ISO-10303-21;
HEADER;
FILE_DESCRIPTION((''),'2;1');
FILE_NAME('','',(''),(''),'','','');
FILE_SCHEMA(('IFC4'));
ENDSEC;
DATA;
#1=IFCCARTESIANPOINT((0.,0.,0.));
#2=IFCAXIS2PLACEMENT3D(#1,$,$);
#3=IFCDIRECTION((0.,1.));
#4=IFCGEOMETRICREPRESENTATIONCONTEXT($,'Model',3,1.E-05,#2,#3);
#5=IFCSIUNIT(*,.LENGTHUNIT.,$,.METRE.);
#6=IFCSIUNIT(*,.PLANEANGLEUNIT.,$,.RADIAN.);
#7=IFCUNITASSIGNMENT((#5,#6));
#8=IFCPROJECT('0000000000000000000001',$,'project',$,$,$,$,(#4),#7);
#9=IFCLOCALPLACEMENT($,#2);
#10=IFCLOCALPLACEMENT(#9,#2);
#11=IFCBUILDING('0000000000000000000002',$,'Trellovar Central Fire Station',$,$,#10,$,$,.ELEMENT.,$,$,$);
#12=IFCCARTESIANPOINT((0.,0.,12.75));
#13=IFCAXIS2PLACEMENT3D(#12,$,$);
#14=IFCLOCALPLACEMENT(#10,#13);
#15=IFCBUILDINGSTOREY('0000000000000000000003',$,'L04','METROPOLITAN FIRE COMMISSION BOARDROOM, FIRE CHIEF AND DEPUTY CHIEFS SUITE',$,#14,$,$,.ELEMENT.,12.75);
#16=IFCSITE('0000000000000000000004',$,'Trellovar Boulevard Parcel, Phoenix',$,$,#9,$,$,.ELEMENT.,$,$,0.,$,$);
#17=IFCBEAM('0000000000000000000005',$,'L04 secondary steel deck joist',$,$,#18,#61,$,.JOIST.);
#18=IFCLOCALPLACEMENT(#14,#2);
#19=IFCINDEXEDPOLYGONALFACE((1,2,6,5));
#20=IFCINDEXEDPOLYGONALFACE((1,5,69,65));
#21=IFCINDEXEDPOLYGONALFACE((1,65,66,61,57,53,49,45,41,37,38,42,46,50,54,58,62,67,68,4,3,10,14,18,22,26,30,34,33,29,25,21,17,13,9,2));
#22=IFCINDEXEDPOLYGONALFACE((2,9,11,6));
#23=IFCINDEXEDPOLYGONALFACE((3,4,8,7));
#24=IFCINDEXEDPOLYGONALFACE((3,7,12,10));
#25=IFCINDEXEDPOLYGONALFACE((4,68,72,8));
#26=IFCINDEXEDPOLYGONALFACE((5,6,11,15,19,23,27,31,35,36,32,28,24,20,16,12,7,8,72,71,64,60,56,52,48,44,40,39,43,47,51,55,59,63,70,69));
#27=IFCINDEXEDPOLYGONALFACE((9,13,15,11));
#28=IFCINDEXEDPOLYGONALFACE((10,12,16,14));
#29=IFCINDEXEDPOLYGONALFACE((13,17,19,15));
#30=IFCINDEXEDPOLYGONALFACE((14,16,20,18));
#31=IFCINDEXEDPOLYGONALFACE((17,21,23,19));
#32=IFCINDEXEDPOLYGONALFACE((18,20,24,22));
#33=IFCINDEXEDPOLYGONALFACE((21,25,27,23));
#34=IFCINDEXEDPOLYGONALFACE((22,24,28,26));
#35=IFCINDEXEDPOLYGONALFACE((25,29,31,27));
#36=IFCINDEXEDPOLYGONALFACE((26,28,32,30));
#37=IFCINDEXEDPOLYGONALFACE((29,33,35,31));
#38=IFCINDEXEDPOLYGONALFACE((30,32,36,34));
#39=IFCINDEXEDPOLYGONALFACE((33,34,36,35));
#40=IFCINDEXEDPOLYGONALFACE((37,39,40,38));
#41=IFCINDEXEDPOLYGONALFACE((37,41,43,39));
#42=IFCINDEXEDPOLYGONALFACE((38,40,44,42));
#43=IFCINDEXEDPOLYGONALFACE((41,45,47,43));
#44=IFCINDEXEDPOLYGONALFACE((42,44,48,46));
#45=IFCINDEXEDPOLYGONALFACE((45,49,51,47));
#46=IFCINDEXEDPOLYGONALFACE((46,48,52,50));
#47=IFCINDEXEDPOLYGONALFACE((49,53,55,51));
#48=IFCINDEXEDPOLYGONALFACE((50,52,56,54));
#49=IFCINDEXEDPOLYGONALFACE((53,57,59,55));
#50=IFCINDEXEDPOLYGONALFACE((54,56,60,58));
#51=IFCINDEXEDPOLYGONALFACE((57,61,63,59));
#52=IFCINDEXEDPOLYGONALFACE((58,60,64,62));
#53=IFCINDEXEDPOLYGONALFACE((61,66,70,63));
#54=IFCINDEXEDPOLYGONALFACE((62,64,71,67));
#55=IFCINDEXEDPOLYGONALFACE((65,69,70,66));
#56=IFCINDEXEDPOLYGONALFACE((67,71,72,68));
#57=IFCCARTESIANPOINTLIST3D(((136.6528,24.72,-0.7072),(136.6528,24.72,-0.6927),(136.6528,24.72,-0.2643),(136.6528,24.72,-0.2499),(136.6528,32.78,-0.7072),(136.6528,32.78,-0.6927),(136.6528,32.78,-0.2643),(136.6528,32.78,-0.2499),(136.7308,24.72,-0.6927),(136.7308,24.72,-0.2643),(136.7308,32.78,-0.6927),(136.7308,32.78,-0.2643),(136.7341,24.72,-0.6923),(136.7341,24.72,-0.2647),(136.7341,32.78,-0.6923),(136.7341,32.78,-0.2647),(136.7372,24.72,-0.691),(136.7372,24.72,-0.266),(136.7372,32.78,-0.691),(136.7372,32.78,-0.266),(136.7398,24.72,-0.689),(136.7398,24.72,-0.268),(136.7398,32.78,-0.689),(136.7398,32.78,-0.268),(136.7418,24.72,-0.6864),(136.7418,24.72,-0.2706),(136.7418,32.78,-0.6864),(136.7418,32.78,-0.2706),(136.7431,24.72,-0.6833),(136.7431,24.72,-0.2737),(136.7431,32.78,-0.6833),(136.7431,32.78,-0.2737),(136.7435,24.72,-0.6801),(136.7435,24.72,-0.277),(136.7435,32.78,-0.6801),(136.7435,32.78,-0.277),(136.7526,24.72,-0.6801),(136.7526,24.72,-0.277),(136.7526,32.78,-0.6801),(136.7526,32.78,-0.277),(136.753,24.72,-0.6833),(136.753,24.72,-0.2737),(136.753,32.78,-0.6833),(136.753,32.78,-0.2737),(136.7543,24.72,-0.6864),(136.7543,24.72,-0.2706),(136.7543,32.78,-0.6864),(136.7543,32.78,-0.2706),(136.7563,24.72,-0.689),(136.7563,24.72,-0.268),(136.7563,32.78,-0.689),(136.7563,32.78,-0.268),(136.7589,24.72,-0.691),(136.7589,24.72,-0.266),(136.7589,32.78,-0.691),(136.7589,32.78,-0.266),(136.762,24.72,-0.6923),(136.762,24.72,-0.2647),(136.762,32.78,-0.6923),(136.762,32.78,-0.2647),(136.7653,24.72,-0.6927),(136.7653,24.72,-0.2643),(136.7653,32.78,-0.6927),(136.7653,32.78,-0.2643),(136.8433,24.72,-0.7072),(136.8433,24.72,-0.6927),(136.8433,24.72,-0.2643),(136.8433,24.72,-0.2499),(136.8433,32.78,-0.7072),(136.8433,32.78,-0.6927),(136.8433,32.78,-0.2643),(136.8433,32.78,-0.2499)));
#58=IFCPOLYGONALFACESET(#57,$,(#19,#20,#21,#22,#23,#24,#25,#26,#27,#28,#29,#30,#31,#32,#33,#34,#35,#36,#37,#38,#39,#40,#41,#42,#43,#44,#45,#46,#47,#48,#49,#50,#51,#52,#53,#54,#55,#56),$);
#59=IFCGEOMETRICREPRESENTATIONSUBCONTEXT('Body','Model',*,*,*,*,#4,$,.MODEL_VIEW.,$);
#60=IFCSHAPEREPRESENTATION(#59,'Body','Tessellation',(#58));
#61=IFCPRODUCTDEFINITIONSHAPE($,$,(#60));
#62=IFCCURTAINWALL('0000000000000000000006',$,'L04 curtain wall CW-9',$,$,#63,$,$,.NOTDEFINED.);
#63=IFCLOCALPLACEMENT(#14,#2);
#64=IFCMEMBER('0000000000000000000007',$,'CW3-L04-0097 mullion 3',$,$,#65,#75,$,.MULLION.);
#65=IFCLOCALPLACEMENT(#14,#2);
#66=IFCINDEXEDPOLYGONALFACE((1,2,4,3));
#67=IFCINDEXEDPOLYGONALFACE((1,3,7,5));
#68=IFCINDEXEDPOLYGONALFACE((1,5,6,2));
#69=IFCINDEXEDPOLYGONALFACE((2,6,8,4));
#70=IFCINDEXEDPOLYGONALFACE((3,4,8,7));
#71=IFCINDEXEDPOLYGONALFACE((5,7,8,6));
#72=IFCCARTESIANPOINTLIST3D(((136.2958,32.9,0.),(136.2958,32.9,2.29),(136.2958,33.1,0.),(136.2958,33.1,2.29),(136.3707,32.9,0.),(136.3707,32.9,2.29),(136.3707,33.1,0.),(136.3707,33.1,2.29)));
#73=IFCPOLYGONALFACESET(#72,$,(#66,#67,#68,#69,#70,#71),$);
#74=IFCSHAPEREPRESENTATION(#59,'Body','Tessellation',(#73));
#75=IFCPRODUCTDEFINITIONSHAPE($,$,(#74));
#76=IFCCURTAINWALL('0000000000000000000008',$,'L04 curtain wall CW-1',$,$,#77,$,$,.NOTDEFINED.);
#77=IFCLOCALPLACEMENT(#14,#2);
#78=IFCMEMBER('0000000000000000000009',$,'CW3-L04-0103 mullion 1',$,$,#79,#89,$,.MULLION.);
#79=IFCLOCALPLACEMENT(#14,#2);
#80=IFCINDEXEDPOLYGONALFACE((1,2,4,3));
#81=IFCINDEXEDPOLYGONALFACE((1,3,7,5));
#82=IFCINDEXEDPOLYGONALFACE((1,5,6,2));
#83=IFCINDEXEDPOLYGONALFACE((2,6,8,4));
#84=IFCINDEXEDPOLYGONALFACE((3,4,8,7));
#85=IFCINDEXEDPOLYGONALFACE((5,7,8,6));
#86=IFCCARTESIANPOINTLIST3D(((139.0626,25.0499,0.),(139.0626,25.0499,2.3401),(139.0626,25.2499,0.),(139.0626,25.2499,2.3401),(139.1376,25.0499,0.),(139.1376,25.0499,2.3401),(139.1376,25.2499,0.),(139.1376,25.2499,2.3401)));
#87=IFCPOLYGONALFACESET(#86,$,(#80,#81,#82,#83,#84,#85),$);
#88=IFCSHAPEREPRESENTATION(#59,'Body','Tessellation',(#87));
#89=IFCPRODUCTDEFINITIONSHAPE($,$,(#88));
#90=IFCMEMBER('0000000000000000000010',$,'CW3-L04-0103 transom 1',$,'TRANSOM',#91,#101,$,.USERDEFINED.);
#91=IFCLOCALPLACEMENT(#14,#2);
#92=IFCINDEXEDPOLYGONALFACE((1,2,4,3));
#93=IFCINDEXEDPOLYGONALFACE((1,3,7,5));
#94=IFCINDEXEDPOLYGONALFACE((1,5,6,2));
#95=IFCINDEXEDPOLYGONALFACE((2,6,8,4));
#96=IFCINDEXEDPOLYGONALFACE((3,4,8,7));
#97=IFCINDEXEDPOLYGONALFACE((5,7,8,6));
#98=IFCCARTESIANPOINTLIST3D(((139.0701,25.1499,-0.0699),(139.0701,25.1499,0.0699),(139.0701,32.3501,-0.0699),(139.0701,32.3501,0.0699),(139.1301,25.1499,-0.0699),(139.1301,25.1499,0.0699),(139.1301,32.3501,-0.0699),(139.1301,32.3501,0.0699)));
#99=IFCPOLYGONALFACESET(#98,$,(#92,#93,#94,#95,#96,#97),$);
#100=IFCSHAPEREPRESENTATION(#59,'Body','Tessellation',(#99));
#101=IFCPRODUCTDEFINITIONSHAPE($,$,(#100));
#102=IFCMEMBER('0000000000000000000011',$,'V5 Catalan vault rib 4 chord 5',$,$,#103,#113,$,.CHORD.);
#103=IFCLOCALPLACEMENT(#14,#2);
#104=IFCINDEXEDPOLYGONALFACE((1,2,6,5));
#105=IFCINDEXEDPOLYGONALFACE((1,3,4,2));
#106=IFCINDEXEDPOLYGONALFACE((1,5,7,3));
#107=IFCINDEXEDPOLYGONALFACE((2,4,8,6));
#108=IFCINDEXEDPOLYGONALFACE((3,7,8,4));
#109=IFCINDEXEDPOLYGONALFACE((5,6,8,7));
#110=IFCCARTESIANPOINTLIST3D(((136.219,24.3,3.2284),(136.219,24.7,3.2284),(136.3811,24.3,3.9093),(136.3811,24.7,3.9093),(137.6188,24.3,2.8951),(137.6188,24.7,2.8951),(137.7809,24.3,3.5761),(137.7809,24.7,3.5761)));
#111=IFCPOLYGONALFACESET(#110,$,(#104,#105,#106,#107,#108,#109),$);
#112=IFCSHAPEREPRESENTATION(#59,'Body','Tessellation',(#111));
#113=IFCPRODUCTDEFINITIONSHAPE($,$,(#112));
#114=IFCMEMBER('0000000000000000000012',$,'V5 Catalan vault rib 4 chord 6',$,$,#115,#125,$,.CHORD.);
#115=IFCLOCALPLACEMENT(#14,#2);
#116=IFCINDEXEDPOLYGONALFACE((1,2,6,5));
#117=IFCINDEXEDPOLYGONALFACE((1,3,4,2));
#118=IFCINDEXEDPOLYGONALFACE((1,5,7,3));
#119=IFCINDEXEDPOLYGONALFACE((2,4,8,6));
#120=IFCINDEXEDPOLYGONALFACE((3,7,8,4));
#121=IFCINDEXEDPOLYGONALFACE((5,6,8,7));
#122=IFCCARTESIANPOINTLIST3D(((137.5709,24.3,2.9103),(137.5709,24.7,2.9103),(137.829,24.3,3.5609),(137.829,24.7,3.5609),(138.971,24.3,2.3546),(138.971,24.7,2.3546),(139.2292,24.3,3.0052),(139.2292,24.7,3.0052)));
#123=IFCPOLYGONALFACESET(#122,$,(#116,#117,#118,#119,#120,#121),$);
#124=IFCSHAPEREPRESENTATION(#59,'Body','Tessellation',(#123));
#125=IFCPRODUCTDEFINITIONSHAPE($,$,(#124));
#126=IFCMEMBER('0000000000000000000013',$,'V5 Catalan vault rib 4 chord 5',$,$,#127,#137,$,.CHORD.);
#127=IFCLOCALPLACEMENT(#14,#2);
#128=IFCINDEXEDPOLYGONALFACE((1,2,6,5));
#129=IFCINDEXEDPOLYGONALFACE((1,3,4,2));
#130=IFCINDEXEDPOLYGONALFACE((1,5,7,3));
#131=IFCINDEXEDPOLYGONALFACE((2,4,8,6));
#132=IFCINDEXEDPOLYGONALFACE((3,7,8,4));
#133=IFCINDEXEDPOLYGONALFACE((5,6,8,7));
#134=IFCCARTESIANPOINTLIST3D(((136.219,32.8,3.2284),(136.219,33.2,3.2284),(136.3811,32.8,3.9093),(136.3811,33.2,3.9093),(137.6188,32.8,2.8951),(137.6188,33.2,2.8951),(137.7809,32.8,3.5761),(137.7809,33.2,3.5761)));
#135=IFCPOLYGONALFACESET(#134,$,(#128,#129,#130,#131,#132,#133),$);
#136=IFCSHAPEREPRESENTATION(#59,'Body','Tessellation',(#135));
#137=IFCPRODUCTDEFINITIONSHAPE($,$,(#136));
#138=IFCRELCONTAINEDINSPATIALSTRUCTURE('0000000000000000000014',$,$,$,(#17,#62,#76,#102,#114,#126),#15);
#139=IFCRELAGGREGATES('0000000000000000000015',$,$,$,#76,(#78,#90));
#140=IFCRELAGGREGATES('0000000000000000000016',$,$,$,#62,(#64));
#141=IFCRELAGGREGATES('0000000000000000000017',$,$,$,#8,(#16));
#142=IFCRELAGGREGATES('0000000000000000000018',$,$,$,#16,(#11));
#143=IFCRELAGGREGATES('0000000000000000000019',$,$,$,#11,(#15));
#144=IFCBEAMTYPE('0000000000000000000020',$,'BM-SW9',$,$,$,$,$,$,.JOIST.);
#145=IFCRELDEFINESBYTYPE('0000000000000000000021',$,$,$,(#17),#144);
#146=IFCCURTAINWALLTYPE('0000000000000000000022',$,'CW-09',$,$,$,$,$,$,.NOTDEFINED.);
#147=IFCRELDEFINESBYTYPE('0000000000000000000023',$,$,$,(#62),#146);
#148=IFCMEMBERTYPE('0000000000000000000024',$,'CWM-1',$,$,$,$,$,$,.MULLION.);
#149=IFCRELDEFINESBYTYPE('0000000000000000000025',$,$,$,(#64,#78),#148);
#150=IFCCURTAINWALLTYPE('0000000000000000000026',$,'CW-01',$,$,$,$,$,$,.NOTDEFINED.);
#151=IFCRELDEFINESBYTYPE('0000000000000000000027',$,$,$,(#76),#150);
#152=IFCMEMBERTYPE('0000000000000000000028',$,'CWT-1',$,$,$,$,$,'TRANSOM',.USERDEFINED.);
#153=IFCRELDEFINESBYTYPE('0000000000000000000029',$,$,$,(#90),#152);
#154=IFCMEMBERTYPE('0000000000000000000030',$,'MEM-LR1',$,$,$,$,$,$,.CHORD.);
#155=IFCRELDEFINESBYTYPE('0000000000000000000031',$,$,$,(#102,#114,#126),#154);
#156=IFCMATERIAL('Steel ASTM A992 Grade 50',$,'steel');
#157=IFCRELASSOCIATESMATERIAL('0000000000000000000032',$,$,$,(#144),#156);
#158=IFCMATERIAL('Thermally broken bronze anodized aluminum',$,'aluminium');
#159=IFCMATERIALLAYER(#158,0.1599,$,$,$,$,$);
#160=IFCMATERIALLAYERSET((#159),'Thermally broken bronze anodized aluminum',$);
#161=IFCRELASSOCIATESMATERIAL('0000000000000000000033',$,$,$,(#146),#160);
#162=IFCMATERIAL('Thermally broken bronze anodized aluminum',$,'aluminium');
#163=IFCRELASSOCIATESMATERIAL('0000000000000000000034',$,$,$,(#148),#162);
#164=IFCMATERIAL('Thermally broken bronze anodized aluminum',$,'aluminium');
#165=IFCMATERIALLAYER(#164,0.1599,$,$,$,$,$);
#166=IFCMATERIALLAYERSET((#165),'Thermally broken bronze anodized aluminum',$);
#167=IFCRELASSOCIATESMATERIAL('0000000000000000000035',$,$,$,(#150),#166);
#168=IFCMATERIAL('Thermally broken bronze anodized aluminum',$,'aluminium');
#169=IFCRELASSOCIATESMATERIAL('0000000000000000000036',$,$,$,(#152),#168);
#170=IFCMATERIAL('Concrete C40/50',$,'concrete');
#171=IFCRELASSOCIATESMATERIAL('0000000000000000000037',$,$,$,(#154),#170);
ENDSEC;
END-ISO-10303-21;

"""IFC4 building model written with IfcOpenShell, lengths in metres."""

from ifc_helpers import new_model, si_unit, direction, frame, origin, origin_2d, place, context, subcontext, project, spatial, rectangle, i_section, extrude, material, layer, layer_set, material_profile, profile_set, type_object, element, aggregate, save


model = new_model("IFC4")

# Units and contexts
model_context = context("Model", 3, precision=1e-05, world=origin(), true_north=direction((0.0, 1.0)))
body_context = subcontext(model_context, "Body", "Model", "MODEL_VIEW")
ifc_project = project(units=[si_unit("LENGTHUNIT", "METRE"), si_unit("PLANEANGLEUNIT", "RADIAN")], contexts=[model_context])

# Site, building, storey
site_placement = place(None, origin())
site = spatial("IfcSite", under=ifc_project, at=site_placement, Name="Trellovar Boulevard Parcel, Phoenix", CompositionType="ELEMENT", RefElevation=0.0)
building_placement = place(site_placement, origin())
building = spatial("IfcBuilding", under=site, at=building_placement, Name="Trellovar Central Fire Station", CompositionType="ELEMENT")
storey_placement = place(building_placement, frame((0.0, 0.0, 12.75)))
storey = spatial("IfcBuildingStorey", under=building, at=storey_placement, Name="L04", Description="METROPOLITAN FIRE COMMISSION BOARDROOM, FIRE CHIEF AND DEPUTY CHIEFS SUITE", CompositionType="ELEMENT", Elevation=12.75)

# Beam
ifc_material_1 = material(Name="Steel ASTM A992 Grade 50", Category="steel")
ifc_material_profile_1 = material_profile(ifc_material_1, i_section(OverallWidth=0.1904, OverallDepth=0.4573, WebThickness=0.009, FlangeThickness=0.0144, FilletRadius=0.0127, at=origin_2d()), Name="W18X50")
ifc_profile_set_1 = profile_set([ifc_material_profile_1], Name="Steel ASTM A992 Grade 50")
beam_type_1 = type_object("IfcBeamType", Name="BM-SW9", PredefinedType="JOIST", material=ifc_profile_set_1)
beam_1_placement = place(storey_placement, frame((136.748, 24.72, -0.4785), z_axis=(0.0, 1.0, 0.0), x_axis=(-1.0, 0.0, 0.0)))
element("IfcBeam", 1, at=beam_1_placement, inside=storey, type_object=beam_type_1, Name="L04 secondary steel deck joist", PredefinedType="JOIST", context=body_context, shape_type="SweptSolid", body=[
    extrude(i_section(OverallWidth=0.1904, OverallDepth=0.4573, WebThickness=0.009, FlangeThickness=0.0144, FilletRadius=0.0127, at=origin_2d()), origin(), (0.0, 0.0, 1.0), 8.0601),
])

# Curtain wall, member
ifc_material_2 = material(Name="Thermally broken bronze anodized aluminum", Category="aluminium")
ifc_layer_1 = layer(ifc_material_2, 0.1599)
ifc_layer_set_1 = layer_set([ifc_layer_1], Name="Thermally broken bronze anodized aluminum")
curtain_wall_type_1 = type_object("IfcCurtainWallType", Name="CW-09", PredefinedType="NOTDEFINED", material=ifc_layer_set_1)
curtain_wall_1_placement = place(storey_placement, origin())
curtain_wall_1 = element("IfcCurtainWall", 2, at=curtain_wall_1_placement, inside=storey, type_object=curtain_wall_type_1, Name="L04 curtain wall CW-9", PredefinedType="NOTDEFINED")
ifc_material_3 = material(Name="Thermally broken bronze anodized aluminum", Category="aluminium")
ifc_material_profile_2 = material_profile(ifc_material_3, rectangle(XDim=0.075, YDim=0.2, at=origin_2d()), Name="ALU75X200")
ifc_profile_set_2 = profile_set([ifc_material_profile_2], Name="Thermally broken bronze anodized aluminum")
member_type_1 = type_object("IfcMemberType", Name="CWM-1", PredefinedType="MULLION", material=ifc_profile_set_2)
member_1_placement = place(storey_placement, frame((136.3333, 33.0, 0.0), z_axis=(0.0, 0.0, 1.0), x_axis=(1.0, 0.0, 0.0)))
member_1 = element("IfcMember", 3, at=member_1_placement, type_object=member_type_1, Name="CW3-L04-0097 mullion 3", PredefinedType="MULLION", context=body_context, shape_type="SweptSolid", body=[
    extrude(rectangle(XDim=0.075, YDim=0.2, at=origin_2d()), origin(), (0.0, 0.0, 1.0), 2.29),
])

# Curtain wall, members
ifc_material_4 = material(Name="Thermally broken bronze anodized aluminum", Category="aluminium")
ifc_layer_2 = layer(ifc_material_4, 0.1599)
ifc_layer_set_2 = layer_set([ifc_layer_2], Name="Thermally broken bronze anodized aluminum")
curtain_wall_type_2 = type_object("IfcCurtainWallType", Name="CW-01", PredefinedType="NOTDEFINED", material=ifc_layer_set_2)
curtain_wall_2_placement = place(storey_placement, origin())
curtain_wall_2 = element("IfcCurtainWall", 4, at=curtain_wall_2_placement, inside=storey, type_object=curtain_wall_type_2, Name="L04 curtain wall CW-1", PredefinedType="NOTDEFINED")
member_2_placement = place(storey_placement, frame((139.1001, 25.1499, 0.0), z_axis=(0.0, 0.0, 1.0), x_axis=(1.0, 0.0, 0.0)))
member_2 = element("IfcMember", 5, at=member_2_placement, type_object=member_type_1, Name="CW3-L04-0103 mullion 1", PredefinedType="MULLION", context=body_context, shape_type="SweptSolid", body=[
    extrude(rectangle(XDim=0.075, YDim=0.2, at=origin_2d()), origin(), (0.0, 0.0, 1.0), 2.3401),
])
ifc_material_5 = material(Name="Thermally broken bronze anodized aluminum", Category="aluminium")
ifc_material_profile_3 = material_profile(ifc_material_5, rectangle(XDim=0.0601, YDim=0.1399, at=origin_2d()), Name="ALU60X140")
ifc_profile_set_3 = profile_set([ifc_material_profile_3], Name="Thermally broken bronze anodized aluminum")
member_type_2 = type_object("IfcMemberType", Name="CWT-1", ElementType="TRANSOM", PredefinedType="USERDEFINED", material=ifc_profile_set_3)
member_3_placement = place(storey_placement, frame((139.1001, 25.1499, 0.0), z_axis=(0.0, 1.0, 0.0), x_axis=(-1.0, 0.0, 0.0)))
member_3 = element("IfcMember", 6, at=member_3_placement, type_object=member_type_2, Name="CW3-L04-0103 transom 1", ObjectType="TRANSOM", PredefinedType="USERDEFINED", context=body_context, shape_type="SweptSolid", body=[
    extrude(rectangle(XDim=0.0601, YDim=0.1399, at=origin_2d()), origin(), (0.0, 0.0, 1.0), 7.2002),
])
aggregate(curtain_wall_2, [member_2, member_3])

# Members
ifc_material_6 = material(Name="Concrete C40/50", Category="concrete")
ifc_material_profile_4 = material_profile(ifc_material_6, rectangle(XDim=0.3999, YDim=0.7, at=origin_2d()), Name="RC400X700")
ifc_profile_set_4 = profile_set([ifc_material_profile_4], Name="Concrete C40/50")
member_type_3 = type_object("IfcMemberType", Name="MEM-LR1", PredefinedType="CHORD", material=ifc_profile_set_4)
member_4_placement = place(storey_placement, frame((136.3, 24.5, 3.5688), z_axis=(0.972815, 0.0, -0.231582), x_axis=(0.0, 1.0, 0.0)))
element("IfcMember", 7, at=member_4_placement, inside=storey, type_object=member_type_3, Name="V5 Catalan vault rib 4 chord 5", PredefinedType="CHORD", context=body_context, shape_type="SweptSolid", body=[
    extrude(rectangle(XDim=0.3999, YDim=0.7, at=origin_2d()), origin(), (0.0, 0.0, 1.0), 1.439),
])
member_5_placement = place(storey_placement, frame((137.7, 24.5, 3.2356), z_axis=(0.929479, 0.0, -0.368874), x_axis=(0.0, 1.0, 0.0)))
element("IfcMember", 8, at=member_5_placement, inside=storey, type_object=member_type_3, Name="V5 Catalan vault rib 4 chord 6", PredefinedType="CHORD", context=body_context, shape_type="SweptSolid", body=[
    extrude(rectangle(XDim=0.3999, YDim=0.7, at=origin_2d()), origin(), (0.0, 0.0, 1.0), 1.5063),
])
member_6_placement = place(storey_placement, frame((136.3, 33.0, 3.5688), z_axis=(0.972815, 0.0, -0.231582), x_axis=(0.0, 1.0, 0.0)))
element("IfcMember", 9, at=member_6_placement, inside=storey, type_object=member_type_3, Name="V5 Catalan vault rib 4 chord 5", PredefinedType="CHORD", context=body_context, shape_type="SweptSolid", body=[
    extrude(rectangle(XDim=0.3999, YDim=0.7, at=origin_2d()), origin(), (0.0, 0.0, 1.0), 1.439),
])

aggregate(curtain_wall_1, [member_1])

save(model, "model.ifc")
